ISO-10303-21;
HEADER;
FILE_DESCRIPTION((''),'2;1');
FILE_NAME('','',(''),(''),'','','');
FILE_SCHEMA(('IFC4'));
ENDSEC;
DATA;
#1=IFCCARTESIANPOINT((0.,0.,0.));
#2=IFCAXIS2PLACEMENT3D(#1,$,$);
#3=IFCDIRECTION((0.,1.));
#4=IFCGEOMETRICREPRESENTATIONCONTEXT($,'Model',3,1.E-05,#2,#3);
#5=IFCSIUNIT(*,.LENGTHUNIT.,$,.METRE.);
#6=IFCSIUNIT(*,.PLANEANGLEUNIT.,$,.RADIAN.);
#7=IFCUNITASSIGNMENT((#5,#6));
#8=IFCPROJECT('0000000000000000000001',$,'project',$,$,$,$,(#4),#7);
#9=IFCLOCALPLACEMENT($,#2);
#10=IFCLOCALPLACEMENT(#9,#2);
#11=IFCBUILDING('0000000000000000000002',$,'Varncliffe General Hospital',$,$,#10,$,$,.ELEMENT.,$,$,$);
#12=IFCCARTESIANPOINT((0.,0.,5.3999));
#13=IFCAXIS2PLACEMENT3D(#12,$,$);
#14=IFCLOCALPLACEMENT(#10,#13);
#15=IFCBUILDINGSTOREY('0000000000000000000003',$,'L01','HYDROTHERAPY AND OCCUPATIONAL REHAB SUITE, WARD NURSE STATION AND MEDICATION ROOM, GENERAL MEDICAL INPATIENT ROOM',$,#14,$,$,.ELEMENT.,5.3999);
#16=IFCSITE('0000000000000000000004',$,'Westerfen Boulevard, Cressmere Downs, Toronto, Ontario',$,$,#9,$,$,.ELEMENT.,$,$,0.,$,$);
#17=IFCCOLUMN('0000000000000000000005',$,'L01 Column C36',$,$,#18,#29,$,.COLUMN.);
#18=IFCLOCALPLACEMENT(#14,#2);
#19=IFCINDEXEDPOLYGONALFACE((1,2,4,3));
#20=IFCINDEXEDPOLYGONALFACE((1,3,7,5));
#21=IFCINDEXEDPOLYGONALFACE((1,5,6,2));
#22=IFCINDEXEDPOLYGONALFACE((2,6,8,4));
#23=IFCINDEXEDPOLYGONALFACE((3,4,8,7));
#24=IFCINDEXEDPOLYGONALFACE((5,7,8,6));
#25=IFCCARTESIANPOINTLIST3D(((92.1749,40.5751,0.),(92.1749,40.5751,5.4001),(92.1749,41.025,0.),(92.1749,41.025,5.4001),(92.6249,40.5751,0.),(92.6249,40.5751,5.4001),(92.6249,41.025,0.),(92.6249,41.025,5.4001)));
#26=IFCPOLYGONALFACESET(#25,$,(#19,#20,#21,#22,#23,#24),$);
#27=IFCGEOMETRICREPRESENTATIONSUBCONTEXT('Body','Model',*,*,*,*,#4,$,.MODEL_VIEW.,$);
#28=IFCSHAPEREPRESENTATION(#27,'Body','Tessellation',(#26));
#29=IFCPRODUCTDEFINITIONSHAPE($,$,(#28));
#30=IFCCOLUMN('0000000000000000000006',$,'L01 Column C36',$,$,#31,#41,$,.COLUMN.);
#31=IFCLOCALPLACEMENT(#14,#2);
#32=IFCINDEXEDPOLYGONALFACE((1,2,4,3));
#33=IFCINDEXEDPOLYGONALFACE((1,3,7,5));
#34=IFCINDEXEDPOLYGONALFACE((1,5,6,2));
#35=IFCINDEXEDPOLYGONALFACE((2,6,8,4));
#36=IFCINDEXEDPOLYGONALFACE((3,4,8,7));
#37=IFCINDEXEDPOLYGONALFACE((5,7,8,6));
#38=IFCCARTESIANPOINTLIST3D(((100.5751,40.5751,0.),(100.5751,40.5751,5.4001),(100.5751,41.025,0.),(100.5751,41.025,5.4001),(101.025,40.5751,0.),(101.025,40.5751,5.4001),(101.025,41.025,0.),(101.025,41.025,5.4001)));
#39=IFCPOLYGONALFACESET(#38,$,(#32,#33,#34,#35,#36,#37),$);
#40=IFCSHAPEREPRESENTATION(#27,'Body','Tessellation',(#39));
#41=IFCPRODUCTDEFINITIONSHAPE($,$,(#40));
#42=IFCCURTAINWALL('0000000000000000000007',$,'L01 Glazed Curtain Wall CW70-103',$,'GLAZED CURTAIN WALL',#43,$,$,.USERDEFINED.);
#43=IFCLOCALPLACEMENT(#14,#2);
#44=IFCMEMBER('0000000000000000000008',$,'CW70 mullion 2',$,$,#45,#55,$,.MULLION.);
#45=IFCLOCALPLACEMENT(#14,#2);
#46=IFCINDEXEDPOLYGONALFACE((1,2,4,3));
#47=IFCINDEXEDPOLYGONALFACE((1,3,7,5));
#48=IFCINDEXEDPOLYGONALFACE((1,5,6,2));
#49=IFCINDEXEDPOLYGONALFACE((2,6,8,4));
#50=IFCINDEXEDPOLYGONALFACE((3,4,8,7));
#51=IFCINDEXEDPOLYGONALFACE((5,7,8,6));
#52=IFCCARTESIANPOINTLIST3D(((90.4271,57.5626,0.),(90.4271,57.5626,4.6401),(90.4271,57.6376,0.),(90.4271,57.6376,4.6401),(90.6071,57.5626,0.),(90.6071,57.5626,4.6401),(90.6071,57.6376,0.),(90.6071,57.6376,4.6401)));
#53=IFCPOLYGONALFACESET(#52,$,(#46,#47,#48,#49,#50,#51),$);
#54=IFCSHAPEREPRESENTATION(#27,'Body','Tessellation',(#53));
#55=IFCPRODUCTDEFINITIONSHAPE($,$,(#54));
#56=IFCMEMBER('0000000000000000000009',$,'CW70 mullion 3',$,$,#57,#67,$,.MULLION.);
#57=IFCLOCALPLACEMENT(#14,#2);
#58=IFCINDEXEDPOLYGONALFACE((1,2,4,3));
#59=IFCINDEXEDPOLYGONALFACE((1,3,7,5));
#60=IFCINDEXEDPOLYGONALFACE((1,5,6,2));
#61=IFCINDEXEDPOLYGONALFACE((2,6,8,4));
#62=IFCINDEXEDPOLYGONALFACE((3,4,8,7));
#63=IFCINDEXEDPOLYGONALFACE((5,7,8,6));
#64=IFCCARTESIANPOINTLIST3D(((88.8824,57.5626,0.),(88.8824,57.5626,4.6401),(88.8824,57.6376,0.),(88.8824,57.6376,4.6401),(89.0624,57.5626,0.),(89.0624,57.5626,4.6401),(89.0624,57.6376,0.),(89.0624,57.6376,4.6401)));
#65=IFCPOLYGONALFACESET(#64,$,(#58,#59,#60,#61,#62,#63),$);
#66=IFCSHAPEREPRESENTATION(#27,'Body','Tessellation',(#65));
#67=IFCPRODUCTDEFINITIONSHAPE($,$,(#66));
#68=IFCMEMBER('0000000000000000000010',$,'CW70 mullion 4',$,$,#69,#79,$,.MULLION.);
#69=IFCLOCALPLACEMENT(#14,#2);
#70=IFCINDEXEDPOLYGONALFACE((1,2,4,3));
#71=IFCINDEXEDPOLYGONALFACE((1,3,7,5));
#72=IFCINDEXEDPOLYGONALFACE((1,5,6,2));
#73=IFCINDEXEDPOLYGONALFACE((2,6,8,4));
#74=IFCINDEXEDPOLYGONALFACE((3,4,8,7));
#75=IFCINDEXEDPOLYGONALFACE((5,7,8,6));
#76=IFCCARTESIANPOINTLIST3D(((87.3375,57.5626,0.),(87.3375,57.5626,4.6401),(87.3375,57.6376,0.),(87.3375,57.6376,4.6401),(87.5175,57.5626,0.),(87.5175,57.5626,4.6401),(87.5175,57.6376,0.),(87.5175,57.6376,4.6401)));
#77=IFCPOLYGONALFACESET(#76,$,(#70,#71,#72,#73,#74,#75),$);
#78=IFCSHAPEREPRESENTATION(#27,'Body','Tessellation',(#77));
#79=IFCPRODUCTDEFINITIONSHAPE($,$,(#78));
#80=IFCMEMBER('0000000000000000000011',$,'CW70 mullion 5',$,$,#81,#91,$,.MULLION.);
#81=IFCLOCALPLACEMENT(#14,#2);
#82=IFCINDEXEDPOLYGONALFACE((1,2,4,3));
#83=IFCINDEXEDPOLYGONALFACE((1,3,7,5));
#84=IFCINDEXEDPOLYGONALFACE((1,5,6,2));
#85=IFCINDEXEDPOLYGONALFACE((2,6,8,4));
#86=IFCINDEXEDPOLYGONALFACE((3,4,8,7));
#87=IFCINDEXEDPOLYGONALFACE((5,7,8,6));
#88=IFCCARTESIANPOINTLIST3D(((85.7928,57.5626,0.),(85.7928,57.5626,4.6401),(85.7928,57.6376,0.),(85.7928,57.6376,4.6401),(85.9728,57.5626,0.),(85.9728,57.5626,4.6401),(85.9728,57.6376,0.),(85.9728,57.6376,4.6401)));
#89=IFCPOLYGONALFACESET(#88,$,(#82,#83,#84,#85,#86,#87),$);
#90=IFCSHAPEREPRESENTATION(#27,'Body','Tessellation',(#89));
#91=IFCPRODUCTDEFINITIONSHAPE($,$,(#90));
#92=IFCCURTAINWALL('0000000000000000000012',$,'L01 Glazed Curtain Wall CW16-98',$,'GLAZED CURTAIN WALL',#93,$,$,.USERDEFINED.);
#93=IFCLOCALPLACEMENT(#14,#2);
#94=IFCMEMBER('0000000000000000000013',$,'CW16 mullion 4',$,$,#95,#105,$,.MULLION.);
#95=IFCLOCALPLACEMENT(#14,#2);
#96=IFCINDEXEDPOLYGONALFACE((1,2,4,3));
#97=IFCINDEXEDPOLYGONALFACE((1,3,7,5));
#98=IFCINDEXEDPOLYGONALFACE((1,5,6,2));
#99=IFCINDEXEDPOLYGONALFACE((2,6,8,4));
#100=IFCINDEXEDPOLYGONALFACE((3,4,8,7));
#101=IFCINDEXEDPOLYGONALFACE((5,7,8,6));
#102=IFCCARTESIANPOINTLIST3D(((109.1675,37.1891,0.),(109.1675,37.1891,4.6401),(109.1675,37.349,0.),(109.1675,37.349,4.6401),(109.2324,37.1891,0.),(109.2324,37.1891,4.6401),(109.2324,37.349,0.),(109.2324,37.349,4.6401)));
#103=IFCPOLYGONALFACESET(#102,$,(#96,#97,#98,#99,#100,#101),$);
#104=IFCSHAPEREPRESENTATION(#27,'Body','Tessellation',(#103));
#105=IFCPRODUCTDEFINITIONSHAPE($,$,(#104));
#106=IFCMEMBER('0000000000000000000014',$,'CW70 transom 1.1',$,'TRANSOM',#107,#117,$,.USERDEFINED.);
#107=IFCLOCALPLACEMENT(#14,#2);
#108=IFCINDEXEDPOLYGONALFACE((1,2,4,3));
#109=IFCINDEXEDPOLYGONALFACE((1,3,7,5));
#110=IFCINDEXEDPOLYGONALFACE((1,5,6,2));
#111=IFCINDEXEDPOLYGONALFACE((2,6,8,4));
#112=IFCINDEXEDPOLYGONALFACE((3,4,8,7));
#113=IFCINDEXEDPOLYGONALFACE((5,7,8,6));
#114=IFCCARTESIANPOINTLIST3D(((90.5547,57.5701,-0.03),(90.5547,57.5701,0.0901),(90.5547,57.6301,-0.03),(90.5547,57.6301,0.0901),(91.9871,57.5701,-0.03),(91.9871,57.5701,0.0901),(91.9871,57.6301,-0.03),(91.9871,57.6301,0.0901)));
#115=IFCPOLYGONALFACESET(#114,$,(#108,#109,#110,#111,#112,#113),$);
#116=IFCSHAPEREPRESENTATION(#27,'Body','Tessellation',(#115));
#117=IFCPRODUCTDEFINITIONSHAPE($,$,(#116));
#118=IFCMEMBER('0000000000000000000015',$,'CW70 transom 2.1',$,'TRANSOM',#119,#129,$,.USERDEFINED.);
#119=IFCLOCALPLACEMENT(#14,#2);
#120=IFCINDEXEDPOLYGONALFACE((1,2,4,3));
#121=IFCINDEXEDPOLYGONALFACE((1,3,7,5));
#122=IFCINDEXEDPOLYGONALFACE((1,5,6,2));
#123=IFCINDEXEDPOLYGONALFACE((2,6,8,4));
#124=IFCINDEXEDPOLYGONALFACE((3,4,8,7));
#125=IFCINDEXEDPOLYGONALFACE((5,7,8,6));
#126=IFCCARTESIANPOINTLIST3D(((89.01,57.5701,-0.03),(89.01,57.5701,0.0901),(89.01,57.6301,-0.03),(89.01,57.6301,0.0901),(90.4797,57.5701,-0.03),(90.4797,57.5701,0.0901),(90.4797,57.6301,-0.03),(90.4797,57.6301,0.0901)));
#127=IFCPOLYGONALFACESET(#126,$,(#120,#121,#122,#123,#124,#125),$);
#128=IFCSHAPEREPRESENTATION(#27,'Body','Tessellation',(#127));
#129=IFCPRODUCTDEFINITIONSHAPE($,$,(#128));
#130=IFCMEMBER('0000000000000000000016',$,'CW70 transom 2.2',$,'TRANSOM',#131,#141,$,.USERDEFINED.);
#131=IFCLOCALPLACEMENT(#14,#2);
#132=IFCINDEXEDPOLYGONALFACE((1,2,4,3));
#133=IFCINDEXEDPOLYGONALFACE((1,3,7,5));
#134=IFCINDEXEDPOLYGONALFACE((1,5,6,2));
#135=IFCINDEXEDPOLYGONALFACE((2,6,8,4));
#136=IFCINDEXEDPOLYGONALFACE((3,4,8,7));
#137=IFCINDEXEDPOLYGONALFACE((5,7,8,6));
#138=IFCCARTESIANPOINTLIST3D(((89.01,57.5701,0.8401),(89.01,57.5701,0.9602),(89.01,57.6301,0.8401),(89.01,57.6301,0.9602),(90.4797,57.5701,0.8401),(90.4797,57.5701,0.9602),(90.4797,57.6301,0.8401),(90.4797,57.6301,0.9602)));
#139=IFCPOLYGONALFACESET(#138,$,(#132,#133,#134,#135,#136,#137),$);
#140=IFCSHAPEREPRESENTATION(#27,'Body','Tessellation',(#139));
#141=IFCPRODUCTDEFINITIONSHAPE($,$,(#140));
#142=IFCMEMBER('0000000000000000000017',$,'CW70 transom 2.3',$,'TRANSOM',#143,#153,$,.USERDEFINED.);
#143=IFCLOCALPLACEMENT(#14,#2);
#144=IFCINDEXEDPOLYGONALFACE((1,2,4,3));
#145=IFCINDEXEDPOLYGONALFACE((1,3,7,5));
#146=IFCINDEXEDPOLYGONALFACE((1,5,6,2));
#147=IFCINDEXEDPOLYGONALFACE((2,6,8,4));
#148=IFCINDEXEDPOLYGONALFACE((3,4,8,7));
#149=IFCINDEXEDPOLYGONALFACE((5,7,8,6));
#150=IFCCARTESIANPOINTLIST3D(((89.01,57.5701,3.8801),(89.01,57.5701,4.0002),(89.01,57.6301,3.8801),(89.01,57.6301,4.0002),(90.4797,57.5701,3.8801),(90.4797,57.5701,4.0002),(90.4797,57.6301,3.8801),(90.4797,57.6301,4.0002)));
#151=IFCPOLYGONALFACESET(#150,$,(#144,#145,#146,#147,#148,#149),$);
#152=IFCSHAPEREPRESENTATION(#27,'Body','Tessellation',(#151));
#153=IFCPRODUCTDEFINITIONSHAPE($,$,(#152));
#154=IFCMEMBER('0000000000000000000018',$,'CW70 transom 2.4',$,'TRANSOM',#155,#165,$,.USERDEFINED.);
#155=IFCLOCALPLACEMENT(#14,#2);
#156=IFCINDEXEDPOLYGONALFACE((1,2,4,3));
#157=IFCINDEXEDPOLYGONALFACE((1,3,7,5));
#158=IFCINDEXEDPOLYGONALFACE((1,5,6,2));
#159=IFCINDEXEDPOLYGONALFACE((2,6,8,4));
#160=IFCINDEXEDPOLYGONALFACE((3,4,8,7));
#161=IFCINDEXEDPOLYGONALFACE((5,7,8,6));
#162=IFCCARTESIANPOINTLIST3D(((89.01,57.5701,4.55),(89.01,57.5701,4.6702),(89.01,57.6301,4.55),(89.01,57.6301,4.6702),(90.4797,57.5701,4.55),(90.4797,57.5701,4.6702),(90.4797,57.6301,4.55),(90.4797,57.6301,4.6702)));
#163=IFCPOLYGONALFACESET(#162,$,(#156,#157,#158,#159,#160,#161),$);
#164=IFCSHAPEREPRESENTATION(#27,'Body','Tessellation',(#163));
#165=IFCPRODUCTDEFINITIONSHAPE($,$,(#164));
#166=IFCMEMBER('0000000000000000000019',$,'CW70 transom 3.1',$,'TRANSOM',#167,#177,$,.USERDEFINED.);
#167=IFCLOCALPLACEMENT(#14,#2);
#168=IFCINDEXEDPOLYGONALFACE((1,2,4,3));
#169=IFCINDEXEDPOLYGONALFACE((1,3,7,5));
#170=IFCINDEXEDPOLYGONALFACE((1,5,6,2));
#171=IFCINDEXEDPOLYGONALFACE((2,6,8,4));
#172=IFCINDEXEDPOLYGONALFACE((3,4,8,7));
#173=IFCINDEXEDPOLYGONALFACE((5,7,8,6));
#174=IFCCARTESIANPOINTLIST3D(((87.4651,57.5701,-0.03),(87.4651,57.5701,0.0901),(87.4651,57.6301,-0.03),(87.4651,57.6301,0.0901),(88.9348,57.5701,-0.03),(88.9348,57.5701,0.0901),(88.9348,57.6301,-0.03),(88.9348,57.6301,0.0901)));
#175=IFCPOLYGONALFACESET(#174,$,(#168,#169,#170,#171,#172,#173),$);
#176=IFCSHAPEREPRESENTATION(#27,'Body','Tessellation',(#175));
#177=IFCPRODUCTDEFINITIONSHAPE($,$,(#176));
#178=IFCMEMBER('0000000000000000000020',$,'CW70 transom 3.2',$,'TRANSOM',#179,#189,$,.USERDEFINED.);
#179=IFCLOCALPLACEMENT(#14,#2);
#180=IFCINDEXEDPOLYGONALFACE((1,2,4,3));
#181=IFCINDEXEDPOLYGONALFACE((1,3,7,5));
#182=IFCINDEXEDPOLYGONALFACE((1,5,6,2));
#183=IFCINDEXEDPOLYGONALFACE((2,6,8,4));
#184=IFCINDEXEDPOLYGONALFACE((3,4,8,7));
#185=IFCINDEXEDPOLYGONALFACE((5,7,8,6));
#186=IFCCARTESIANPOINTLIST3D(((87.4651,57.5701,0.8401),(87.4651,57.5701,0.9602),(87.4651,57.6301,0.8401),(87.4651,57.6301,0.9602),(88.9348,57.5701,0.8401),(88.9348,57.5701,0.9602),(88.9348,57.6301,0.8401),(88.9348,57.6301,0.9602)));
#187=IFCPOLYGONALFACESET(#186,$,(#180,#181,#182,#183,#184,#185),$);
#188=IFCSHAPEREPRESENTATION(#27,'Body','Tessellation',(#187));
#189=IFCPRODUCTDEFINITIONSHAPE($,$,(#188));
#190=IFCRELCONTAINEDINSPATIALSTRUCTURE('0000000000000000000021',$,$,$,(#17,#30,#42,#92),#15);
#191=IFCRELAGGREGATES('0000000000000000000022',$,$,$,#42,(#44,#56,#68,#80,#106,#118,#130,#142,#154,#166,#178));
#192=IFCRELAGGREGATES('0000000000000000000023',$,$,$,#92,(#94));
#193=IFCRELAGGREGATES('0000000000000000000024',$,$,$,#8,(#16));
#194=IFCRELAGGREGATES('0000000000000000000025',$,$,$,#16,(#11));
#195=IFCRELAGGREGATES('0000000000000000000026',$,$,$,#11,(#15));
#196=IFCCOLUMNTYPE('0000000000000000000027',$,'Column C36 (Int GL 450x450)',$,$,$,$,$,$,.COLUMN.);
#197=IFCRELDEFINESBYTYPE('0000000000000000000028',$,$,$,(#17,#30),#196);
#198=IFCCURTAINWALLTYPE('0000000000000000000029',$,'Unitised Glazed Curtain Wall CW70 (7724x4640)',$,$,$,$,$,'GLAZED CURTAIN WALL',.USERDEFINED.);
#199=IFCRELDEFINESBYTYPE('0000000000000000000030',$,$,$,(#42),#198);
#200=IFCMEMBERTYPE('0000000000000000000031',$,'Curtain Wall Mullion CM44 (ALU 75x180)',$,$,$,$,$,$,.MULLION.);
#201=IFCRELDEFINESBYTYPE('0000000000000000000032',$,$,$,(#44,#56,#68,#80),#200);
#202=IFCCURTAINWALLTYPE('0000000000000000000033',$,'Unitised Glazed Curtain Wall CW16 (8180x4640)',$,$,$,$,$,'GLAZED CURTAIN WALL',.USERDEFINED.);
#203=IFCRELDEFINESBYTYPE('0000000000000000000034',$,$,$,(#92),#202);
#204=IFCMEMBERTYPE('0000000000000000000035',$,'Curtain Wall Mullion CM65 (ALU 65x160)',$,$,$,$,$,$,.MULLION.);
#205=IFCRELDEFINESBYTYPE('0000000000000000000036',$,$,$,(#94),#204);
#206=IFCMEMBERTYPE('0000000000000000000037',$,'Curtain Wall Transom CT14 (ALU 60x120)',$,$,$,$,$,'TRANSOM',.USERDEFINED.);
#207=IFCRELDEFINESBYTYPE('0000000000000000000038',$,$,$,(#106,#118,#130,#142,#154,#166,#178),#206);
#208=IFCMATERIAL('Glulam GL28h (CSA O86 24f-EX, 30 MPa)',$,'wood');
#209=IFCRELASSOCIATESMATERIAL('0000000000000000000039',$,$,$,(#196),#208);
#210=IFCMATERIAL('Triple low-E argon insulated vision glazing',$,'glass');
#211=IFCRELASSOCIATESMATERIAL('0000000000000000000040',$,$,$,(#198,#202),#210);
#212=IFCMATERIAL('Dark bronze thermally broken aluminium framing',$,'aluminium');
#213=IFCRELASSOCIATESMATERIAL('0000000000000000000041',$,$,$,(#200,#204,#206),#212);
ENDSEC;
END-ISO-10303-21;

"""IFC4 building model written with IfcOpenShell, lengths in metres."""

from ifc_helpers import new_model, si_unit, direction, frame, origin, origin_2d, place, context, subcontext, project, spatial, rectangle, extrude, material, material_profile, profile_set, type_object, element, aggregate, save


model = new_model("IFC4")

# Units and contexts
model_context = context("Model", 3, precision=1e-05, world=origin(), true_north=direction((0.0, 1.0)))
body_context = subcontext(model_context, "Body", "Model", "MODEL_VIEW")
ifc_project = project(units=[si_unit("LENGTHUNIT", "METRE"), si_unit("PLANEANGLEUNIT", "RADIAN")], contexts=[model_context])

# Site, building, storey
site_placement = place(None, origin())
site = spatial("IfcSite", under=ifc_project, at=site_placement, Name="Westerfen Boulevard, Cressmere Downs, Toronto, Ontario", CompositionType="ELEMENT", RefElevation=0.0)
building_placement = place(site_placement, origin())
building = spatial("IfcBuilding", under=site, at=building_placement, Name="Varncliffe General Hospital", CompositionType="ELEMENT")
storey_placement = place(building_placement, frame((0.0, 0.0, 5.3999)))
storey = spatial("IfcBuildingStorey", under=building, at=storey_placement, Name="L01", Description="HYDROTHERAPY AND OCCUPATIONAL REHAB SUITE, WARD NURSE STATION AND MEDICATION ROOM, GENERAL MEDICAL INPATIENT ROOM", CompositionType="ELEMENT", Elevation=5.3999)

# Columns
ifc_material_1 = material(Name="Glulam GL28h (CSA O86 24f-EX, 30 MPa)", Category="wood")
ifc_material_profile_1 = material_profile(ifc_material_1, rectangle(XDim=0.45, YDim=0.45, at=origin_2d()), Name="GL 450x450")
ifc_profile_set_1 = profile_set([ifc_material_profile_1], Name="Glulam GL28h (CSA O86 24f-EX, 30 MPa)")
column_type = type_object("IfcColumnType", Name="Column C36 (Int GL 450x450)", PredefinedType="COLUMN", material=ifc_profile_set_1)
for number, where, z_axis, x_axis, name in (
    (1, (92.3999, 40.8, 0.0), (0.0, 0.0, 1.0), (1.0, 0.0, 0.0), "L01 Column C36"),
    (2, (100.8, 40.8, 0.0), (0.0, 0.0, 1.0), (1.0, 0.0, 0.0), "L01 Column C36"),
):
    element("IfcColumn", number, at=place(storey_placement, frame(where, z_axis=z_axis, x_axis=x_axis)), inside=storey, type_object=column_type, Name=name, PredefinedType="COLUMN", context=body_context, shape_type="SweptSolid", body=[
        extrude(rectangle(XDim=0.45, YDim=0.45, at=origin_2d()), origin(), (0.0, 0.0, 1.0), 5.4001),
    ])

# Curtain wall, members
ifc_material_2 = material(Name="Triple low-E argon insulated vision glazing", Category="glass")
curtain_wall_type_1 = type_object("IfcCurtainWallType", Name="Unitised Glazed Curtain Wall CW70 (7724x4640)", ElementType="GLAZED CURTAIN WALL", PredefinedType="USERDEFINED", material=ifc_material_2)
curtain_wall_1_placement = place(storey_placement, origin())
curtain_wall_1 = element("IfcCurtainWall", 3, at=curtain_wall_1_placement, inside=storey, type_object=curtain_wall_type_1, Name="L01 Glazed Curtain Wall CW70-103", ObjectType="GLAZED CURTAIN WALL", PredefinedType="USERDEFINED")
ifc_material_3 = material(Name="Dark bronze thermally broken aluminium framing", Category="aluminium")
ifc_material_profile_2 = material_profile(ifc_material_3, rectangle(XDim=0.075, YDim=0.1799, at=origin_2d()), Name="ALU 75x180")
ifc_profile_set_2 = profile_set([ifc_material_profile_2], Name="Dark bronze thermally broken aluminium framing")
member_type_1 = type_object("IfcMemberType", Name="Curtain Wall Mullion CM44 (ALU 75x180)", PredefinedType="MULLION", material=ifc_profile_set_2)
member_1_placement = place(storey_placement, frame((90.5171, 57.6001, 0.0), z_axis=(0.0, 0.0, 1.0), x_axis=(0.0, -1.0, 0.0)))
member_1 = element("IfcMember", 4, at=member_1_placement, type_object=member_type_1, Name="CW70 mullion 2", PredefinedType="MULLION", context=body_context, shape_type="SweptSolid", body=[
    extrude(rectangle(XDim=0.075, YDim=0.1799, at=origin_2d()), origin(), (0.0, 0.0, 1.0), 4.6401),
])
member_2_placement = place(storey_placement, frame((88.9724, 57.6001, 0.0), z_axis=(0.0, 0.0, 1.0), x_axis=(0.0, -1.0, 0.0)))
member_2 = element("IfcMember", 5, at=member_2_placement, type_object=member_type_1, Name="CW70 mullion 3", PredefinedType="MULLION", context=body_context, shape_type="SweptSolid", body=[
    extrude(rectangle(XDim=0.075, YDim=0.1799, at=origin_2d()), origin(), (0.0, 0.0, 1.0), 4.6401),
])
member_3_placement = place(storey_placement, frame((87.4275, 57.6001, 0.0), z_axis=(0.0, 0.0, 1.0), x_axis=(0.0, -1.0, 0.0)))
member_3 = element("IfcMember", 6, at=member_3_placement, type_object=member_type_1, Name="CW70 mullion 4", PredefinedType="MULLION", context=body_context, shape_type="SweptSolid", body=[
    extrude(rectangle(XDim=0.075, YDim=0.1799, at=origin_2d()), origin(), (0.0, 0.0, 1.0), 4.6401),
])
member_4_placement = place(storey_placement, frame((85.8828, 57.6001, 0.0), z_axis=(0.0, 0.0, 1.0), x_axis=(0.0, -1.0, 0.0)))
member_4 = element("IfcMember", 7, at=member_4_placement, type_object=member_type_1, Name="CW70 mullion 5", PredefinedType="MULLION", context=body_context, shape_type="SweptSolid", body=[
    extrude(rectangle(XDim=0.075, YDim=0.1799, at=origin_2d()), origin(), (0.0, 0.0, 1.0), 4.6401),
])

# Curtain wall, member
curtain_wall_type_2 = type_object("IfcCurtainWallType", Name="Unitised Glazed Curtain Wall CW16 (8180x4640)", ElementType="GLAZED CURTAIN WALL", PredefinedType="USERDEFINED", material=ifc_material_2)
curtain_wall_2_placement = place(storey_placement, origin())
curtain_wall_2 = element("IfcCurtainWall", 8, at=curtain_wall_2_placement, inside=storey, type_object=curtain_wall_type_2, Name="L01 Glazed Curtain Wall CW16-98", ObjectType="GLAZED CURTAIN WALL", PredefinedType="USERDEFINED")
ifc_material_profile_3 = material_profile(ifc_material_3, rectangle(XDim=0.0649, YDim=0.1599, at=origin_2d()), Name="ALU 65x160")
ifc_profile_set_3 = profile_set([ifc_material_profile_3], Name="Dark bronze thermally broken aluminium framing")
member_type_2 = type_object("IfcMemberType", Name="Curtain Wall Mullion CM65 (ALU 65x160)", PredefinedType="MULLION", material=ifc_profile_set_3)
member_5_placement = place(storey_placement, frame((109.2, 37.269, 0.0), z_axis=(0.0, 0.0, 1.0), x_axis=(-1.0, 0.0, 0.0)))
member_5 = element("IfcMember", 9, at=member_5_placement, type_object=member_type_2, Name="CW16 mullion 4", PredefinedType="MULLION", context=body_context, shape_type="SweptSolid", body=[
    extrude(rectangle(XDim=0.0649, YDim=0.1599, at=origin_2d()), origin(), (0.0, 0.0, 1.0), 4.6401),
])

# Members
ifc_material_profile_4 = material_profile(ifc_material_3, rectangle(XDim=0.0601, YDim=0.1201, at=origin_2d()), Name="ALU 60x120")
ifc_profile_set_4 = profile_set([ifc_material_profile_4], Name="Dark bronze thermally broken aluminium framing")
member_type_3 = type_object("IfcMemberType", Name="Curtain Wall Transom CT14 (ALU 60x120)", ElementType="TRANSOM", PredefinedType="USERDEFINED", material=ifc_profile_set_4)
member_6_placement = place(storey_placement, frame((91.9871, 57.6001, 0.03), z_axis=(-1.0, 0.0, 0.0), x_axis=(0.0, -1.0, 0.0)))
member_6 = element("IfcMember", 10, at=member_6_placement, type_object=member_type_3, Name="CW70 transom 1.1", ObjectType="TRANSOM", PredefinedType="USERDEFINED", context=body_context, shape_type="SweptSolid", body=[
    extrude(rectangle(XDim=0.0601, YDim=0.1201, at=origin_2d()), origin(), (0.0, 0.0, 1.0), 1.4324),
])
member_7_placement = place(storey_placement, frame((90.4797, 57.6001, 0.03), z_axis=(-1.0, 0.0, 0.0), x_axis=(0.0, -1.0, 0.0)))
member_7 = element("IfcMember", 11, at=member_7_placement, type_object=member_type_3, Name="CW70 transom 2.1", ObjectType="TRANSOM", PredefinedType="USERDEFINED", context=body_context, shape_type="SweptSolid", body=[
    extrude(rectangle(XDim=0.0601, YDim=0.1201, at=origin_2d()), origin(), (0.0, 0.0, 1.0), 1.4697),
])
member_8_placement = place(storey_placement, frame((90.4797, 57.6001, 0.9001), z_axis=(-1.0, 0.0, 0.0), x_axis=(0.0, -1.0, 0.0)))
member_8 = element("IfcMember", 12, at=member_8_placement, type_object=member_type_3, Name="CW70 transom 2.2", ObjectType="TRANSOM", PredefinedType="USERDEFINED", context=body_context, shape_type="SweptSolid", body=[
    extrude(rectangle(XDim=0.0601, YDim=0.1201, at=origin_2d()), origin(), (0.0, 0.0, 1.0), 1.4697),
])
member_9_placement = place(storey_placement, frame((90.4797, 57.6001, 3.9402), z_axis=(-1.0, 0.0, 0.0), x_axis=(0.0, -1.0, 0.0)))
member_9 = element("IfcMember", 13, at=member_9_placement, type_object=member_type_3, Name="CW70 transom 2.3", ObjectType="TRANSOM", PredefinedType="USERDEFINED", context=body_context, shape_type="SweptSolid", body=[
    extrude(rectangle(XDim=0.0601, YDim=0.1201, at=origin_2d()), origin(), (0.0, 0.0, 1.0), 1.4697),
])
member_10_placement = place(storey_placement, frame((90.4797, 57.6001, 4.6101), z_axis=(-1.0, 0.0, 0.0), x_axis=(0.0, -1.0, 0.0)))
member_10 = element("IfcMember", 14, at=member_10_placement, type_object=member_type_3, Name="CW70 transom 2.4", ObjectType="TRANSOM", PredefinedType="USERDEFINED", context=body_context, shape_type="SweptSolid", body=[
    extrude(rectangle(XDim=0.0601, YDim=0.1201, at=origin_2d()), origin(), (0.0, 0.0, 1.0), 1.4697),
])
member_11_placement = place(storey_placement, frame((88.9348, 57.6001, 0.03), z_axis=(-1.0, 0.0, 0.0), x_axis=(0.0, -1.0, 0.0)))
member_11 = element("IfcMember", 15, at=member_11_placement, type_object=member_type_3, Name="CW70 transom 3.1", ObjectType="TRANSOM", PredefinedType="USERDEFINED", context=body_context, shape_type="SweptSolid", body=[
    extrude(rectangle(XDim=0.0601, YDim=0.1201, at=origin_2d()), origin(), (0.0, 0.0, 1.0), 1.4697),
])
member_12_placement = place(storey_placement, frame((88.9348, 57.6001, 0.9001), z_axis=(-1.0, 0.0, 0.0), x_axis=(0.0, -1.0, 0.0)))
member_12 = element("IfcMember", 16, at=member_12_placement, type_object=member_type_3, Name="CW70 transom 3.2", ObjectType="TRANSOM", PredefinedType="USERDEFINED", context=body_context, shape_type="SweptSolid", body=[
    extrude(rectangle(XDim=0.0601, YDim=0.1201, at=origin_2d()), origin(), (0.0, 0.0, 1.0), 1.4697),
])

aggregate(curtain_wall_1, [member_1, member_2, member_3, member_4, member_6, member_7, member_8, member_9, member_10, member_11, member_12])
aggregate(curtain_wall_2, [member_5])

save(model, "model.ifc")
